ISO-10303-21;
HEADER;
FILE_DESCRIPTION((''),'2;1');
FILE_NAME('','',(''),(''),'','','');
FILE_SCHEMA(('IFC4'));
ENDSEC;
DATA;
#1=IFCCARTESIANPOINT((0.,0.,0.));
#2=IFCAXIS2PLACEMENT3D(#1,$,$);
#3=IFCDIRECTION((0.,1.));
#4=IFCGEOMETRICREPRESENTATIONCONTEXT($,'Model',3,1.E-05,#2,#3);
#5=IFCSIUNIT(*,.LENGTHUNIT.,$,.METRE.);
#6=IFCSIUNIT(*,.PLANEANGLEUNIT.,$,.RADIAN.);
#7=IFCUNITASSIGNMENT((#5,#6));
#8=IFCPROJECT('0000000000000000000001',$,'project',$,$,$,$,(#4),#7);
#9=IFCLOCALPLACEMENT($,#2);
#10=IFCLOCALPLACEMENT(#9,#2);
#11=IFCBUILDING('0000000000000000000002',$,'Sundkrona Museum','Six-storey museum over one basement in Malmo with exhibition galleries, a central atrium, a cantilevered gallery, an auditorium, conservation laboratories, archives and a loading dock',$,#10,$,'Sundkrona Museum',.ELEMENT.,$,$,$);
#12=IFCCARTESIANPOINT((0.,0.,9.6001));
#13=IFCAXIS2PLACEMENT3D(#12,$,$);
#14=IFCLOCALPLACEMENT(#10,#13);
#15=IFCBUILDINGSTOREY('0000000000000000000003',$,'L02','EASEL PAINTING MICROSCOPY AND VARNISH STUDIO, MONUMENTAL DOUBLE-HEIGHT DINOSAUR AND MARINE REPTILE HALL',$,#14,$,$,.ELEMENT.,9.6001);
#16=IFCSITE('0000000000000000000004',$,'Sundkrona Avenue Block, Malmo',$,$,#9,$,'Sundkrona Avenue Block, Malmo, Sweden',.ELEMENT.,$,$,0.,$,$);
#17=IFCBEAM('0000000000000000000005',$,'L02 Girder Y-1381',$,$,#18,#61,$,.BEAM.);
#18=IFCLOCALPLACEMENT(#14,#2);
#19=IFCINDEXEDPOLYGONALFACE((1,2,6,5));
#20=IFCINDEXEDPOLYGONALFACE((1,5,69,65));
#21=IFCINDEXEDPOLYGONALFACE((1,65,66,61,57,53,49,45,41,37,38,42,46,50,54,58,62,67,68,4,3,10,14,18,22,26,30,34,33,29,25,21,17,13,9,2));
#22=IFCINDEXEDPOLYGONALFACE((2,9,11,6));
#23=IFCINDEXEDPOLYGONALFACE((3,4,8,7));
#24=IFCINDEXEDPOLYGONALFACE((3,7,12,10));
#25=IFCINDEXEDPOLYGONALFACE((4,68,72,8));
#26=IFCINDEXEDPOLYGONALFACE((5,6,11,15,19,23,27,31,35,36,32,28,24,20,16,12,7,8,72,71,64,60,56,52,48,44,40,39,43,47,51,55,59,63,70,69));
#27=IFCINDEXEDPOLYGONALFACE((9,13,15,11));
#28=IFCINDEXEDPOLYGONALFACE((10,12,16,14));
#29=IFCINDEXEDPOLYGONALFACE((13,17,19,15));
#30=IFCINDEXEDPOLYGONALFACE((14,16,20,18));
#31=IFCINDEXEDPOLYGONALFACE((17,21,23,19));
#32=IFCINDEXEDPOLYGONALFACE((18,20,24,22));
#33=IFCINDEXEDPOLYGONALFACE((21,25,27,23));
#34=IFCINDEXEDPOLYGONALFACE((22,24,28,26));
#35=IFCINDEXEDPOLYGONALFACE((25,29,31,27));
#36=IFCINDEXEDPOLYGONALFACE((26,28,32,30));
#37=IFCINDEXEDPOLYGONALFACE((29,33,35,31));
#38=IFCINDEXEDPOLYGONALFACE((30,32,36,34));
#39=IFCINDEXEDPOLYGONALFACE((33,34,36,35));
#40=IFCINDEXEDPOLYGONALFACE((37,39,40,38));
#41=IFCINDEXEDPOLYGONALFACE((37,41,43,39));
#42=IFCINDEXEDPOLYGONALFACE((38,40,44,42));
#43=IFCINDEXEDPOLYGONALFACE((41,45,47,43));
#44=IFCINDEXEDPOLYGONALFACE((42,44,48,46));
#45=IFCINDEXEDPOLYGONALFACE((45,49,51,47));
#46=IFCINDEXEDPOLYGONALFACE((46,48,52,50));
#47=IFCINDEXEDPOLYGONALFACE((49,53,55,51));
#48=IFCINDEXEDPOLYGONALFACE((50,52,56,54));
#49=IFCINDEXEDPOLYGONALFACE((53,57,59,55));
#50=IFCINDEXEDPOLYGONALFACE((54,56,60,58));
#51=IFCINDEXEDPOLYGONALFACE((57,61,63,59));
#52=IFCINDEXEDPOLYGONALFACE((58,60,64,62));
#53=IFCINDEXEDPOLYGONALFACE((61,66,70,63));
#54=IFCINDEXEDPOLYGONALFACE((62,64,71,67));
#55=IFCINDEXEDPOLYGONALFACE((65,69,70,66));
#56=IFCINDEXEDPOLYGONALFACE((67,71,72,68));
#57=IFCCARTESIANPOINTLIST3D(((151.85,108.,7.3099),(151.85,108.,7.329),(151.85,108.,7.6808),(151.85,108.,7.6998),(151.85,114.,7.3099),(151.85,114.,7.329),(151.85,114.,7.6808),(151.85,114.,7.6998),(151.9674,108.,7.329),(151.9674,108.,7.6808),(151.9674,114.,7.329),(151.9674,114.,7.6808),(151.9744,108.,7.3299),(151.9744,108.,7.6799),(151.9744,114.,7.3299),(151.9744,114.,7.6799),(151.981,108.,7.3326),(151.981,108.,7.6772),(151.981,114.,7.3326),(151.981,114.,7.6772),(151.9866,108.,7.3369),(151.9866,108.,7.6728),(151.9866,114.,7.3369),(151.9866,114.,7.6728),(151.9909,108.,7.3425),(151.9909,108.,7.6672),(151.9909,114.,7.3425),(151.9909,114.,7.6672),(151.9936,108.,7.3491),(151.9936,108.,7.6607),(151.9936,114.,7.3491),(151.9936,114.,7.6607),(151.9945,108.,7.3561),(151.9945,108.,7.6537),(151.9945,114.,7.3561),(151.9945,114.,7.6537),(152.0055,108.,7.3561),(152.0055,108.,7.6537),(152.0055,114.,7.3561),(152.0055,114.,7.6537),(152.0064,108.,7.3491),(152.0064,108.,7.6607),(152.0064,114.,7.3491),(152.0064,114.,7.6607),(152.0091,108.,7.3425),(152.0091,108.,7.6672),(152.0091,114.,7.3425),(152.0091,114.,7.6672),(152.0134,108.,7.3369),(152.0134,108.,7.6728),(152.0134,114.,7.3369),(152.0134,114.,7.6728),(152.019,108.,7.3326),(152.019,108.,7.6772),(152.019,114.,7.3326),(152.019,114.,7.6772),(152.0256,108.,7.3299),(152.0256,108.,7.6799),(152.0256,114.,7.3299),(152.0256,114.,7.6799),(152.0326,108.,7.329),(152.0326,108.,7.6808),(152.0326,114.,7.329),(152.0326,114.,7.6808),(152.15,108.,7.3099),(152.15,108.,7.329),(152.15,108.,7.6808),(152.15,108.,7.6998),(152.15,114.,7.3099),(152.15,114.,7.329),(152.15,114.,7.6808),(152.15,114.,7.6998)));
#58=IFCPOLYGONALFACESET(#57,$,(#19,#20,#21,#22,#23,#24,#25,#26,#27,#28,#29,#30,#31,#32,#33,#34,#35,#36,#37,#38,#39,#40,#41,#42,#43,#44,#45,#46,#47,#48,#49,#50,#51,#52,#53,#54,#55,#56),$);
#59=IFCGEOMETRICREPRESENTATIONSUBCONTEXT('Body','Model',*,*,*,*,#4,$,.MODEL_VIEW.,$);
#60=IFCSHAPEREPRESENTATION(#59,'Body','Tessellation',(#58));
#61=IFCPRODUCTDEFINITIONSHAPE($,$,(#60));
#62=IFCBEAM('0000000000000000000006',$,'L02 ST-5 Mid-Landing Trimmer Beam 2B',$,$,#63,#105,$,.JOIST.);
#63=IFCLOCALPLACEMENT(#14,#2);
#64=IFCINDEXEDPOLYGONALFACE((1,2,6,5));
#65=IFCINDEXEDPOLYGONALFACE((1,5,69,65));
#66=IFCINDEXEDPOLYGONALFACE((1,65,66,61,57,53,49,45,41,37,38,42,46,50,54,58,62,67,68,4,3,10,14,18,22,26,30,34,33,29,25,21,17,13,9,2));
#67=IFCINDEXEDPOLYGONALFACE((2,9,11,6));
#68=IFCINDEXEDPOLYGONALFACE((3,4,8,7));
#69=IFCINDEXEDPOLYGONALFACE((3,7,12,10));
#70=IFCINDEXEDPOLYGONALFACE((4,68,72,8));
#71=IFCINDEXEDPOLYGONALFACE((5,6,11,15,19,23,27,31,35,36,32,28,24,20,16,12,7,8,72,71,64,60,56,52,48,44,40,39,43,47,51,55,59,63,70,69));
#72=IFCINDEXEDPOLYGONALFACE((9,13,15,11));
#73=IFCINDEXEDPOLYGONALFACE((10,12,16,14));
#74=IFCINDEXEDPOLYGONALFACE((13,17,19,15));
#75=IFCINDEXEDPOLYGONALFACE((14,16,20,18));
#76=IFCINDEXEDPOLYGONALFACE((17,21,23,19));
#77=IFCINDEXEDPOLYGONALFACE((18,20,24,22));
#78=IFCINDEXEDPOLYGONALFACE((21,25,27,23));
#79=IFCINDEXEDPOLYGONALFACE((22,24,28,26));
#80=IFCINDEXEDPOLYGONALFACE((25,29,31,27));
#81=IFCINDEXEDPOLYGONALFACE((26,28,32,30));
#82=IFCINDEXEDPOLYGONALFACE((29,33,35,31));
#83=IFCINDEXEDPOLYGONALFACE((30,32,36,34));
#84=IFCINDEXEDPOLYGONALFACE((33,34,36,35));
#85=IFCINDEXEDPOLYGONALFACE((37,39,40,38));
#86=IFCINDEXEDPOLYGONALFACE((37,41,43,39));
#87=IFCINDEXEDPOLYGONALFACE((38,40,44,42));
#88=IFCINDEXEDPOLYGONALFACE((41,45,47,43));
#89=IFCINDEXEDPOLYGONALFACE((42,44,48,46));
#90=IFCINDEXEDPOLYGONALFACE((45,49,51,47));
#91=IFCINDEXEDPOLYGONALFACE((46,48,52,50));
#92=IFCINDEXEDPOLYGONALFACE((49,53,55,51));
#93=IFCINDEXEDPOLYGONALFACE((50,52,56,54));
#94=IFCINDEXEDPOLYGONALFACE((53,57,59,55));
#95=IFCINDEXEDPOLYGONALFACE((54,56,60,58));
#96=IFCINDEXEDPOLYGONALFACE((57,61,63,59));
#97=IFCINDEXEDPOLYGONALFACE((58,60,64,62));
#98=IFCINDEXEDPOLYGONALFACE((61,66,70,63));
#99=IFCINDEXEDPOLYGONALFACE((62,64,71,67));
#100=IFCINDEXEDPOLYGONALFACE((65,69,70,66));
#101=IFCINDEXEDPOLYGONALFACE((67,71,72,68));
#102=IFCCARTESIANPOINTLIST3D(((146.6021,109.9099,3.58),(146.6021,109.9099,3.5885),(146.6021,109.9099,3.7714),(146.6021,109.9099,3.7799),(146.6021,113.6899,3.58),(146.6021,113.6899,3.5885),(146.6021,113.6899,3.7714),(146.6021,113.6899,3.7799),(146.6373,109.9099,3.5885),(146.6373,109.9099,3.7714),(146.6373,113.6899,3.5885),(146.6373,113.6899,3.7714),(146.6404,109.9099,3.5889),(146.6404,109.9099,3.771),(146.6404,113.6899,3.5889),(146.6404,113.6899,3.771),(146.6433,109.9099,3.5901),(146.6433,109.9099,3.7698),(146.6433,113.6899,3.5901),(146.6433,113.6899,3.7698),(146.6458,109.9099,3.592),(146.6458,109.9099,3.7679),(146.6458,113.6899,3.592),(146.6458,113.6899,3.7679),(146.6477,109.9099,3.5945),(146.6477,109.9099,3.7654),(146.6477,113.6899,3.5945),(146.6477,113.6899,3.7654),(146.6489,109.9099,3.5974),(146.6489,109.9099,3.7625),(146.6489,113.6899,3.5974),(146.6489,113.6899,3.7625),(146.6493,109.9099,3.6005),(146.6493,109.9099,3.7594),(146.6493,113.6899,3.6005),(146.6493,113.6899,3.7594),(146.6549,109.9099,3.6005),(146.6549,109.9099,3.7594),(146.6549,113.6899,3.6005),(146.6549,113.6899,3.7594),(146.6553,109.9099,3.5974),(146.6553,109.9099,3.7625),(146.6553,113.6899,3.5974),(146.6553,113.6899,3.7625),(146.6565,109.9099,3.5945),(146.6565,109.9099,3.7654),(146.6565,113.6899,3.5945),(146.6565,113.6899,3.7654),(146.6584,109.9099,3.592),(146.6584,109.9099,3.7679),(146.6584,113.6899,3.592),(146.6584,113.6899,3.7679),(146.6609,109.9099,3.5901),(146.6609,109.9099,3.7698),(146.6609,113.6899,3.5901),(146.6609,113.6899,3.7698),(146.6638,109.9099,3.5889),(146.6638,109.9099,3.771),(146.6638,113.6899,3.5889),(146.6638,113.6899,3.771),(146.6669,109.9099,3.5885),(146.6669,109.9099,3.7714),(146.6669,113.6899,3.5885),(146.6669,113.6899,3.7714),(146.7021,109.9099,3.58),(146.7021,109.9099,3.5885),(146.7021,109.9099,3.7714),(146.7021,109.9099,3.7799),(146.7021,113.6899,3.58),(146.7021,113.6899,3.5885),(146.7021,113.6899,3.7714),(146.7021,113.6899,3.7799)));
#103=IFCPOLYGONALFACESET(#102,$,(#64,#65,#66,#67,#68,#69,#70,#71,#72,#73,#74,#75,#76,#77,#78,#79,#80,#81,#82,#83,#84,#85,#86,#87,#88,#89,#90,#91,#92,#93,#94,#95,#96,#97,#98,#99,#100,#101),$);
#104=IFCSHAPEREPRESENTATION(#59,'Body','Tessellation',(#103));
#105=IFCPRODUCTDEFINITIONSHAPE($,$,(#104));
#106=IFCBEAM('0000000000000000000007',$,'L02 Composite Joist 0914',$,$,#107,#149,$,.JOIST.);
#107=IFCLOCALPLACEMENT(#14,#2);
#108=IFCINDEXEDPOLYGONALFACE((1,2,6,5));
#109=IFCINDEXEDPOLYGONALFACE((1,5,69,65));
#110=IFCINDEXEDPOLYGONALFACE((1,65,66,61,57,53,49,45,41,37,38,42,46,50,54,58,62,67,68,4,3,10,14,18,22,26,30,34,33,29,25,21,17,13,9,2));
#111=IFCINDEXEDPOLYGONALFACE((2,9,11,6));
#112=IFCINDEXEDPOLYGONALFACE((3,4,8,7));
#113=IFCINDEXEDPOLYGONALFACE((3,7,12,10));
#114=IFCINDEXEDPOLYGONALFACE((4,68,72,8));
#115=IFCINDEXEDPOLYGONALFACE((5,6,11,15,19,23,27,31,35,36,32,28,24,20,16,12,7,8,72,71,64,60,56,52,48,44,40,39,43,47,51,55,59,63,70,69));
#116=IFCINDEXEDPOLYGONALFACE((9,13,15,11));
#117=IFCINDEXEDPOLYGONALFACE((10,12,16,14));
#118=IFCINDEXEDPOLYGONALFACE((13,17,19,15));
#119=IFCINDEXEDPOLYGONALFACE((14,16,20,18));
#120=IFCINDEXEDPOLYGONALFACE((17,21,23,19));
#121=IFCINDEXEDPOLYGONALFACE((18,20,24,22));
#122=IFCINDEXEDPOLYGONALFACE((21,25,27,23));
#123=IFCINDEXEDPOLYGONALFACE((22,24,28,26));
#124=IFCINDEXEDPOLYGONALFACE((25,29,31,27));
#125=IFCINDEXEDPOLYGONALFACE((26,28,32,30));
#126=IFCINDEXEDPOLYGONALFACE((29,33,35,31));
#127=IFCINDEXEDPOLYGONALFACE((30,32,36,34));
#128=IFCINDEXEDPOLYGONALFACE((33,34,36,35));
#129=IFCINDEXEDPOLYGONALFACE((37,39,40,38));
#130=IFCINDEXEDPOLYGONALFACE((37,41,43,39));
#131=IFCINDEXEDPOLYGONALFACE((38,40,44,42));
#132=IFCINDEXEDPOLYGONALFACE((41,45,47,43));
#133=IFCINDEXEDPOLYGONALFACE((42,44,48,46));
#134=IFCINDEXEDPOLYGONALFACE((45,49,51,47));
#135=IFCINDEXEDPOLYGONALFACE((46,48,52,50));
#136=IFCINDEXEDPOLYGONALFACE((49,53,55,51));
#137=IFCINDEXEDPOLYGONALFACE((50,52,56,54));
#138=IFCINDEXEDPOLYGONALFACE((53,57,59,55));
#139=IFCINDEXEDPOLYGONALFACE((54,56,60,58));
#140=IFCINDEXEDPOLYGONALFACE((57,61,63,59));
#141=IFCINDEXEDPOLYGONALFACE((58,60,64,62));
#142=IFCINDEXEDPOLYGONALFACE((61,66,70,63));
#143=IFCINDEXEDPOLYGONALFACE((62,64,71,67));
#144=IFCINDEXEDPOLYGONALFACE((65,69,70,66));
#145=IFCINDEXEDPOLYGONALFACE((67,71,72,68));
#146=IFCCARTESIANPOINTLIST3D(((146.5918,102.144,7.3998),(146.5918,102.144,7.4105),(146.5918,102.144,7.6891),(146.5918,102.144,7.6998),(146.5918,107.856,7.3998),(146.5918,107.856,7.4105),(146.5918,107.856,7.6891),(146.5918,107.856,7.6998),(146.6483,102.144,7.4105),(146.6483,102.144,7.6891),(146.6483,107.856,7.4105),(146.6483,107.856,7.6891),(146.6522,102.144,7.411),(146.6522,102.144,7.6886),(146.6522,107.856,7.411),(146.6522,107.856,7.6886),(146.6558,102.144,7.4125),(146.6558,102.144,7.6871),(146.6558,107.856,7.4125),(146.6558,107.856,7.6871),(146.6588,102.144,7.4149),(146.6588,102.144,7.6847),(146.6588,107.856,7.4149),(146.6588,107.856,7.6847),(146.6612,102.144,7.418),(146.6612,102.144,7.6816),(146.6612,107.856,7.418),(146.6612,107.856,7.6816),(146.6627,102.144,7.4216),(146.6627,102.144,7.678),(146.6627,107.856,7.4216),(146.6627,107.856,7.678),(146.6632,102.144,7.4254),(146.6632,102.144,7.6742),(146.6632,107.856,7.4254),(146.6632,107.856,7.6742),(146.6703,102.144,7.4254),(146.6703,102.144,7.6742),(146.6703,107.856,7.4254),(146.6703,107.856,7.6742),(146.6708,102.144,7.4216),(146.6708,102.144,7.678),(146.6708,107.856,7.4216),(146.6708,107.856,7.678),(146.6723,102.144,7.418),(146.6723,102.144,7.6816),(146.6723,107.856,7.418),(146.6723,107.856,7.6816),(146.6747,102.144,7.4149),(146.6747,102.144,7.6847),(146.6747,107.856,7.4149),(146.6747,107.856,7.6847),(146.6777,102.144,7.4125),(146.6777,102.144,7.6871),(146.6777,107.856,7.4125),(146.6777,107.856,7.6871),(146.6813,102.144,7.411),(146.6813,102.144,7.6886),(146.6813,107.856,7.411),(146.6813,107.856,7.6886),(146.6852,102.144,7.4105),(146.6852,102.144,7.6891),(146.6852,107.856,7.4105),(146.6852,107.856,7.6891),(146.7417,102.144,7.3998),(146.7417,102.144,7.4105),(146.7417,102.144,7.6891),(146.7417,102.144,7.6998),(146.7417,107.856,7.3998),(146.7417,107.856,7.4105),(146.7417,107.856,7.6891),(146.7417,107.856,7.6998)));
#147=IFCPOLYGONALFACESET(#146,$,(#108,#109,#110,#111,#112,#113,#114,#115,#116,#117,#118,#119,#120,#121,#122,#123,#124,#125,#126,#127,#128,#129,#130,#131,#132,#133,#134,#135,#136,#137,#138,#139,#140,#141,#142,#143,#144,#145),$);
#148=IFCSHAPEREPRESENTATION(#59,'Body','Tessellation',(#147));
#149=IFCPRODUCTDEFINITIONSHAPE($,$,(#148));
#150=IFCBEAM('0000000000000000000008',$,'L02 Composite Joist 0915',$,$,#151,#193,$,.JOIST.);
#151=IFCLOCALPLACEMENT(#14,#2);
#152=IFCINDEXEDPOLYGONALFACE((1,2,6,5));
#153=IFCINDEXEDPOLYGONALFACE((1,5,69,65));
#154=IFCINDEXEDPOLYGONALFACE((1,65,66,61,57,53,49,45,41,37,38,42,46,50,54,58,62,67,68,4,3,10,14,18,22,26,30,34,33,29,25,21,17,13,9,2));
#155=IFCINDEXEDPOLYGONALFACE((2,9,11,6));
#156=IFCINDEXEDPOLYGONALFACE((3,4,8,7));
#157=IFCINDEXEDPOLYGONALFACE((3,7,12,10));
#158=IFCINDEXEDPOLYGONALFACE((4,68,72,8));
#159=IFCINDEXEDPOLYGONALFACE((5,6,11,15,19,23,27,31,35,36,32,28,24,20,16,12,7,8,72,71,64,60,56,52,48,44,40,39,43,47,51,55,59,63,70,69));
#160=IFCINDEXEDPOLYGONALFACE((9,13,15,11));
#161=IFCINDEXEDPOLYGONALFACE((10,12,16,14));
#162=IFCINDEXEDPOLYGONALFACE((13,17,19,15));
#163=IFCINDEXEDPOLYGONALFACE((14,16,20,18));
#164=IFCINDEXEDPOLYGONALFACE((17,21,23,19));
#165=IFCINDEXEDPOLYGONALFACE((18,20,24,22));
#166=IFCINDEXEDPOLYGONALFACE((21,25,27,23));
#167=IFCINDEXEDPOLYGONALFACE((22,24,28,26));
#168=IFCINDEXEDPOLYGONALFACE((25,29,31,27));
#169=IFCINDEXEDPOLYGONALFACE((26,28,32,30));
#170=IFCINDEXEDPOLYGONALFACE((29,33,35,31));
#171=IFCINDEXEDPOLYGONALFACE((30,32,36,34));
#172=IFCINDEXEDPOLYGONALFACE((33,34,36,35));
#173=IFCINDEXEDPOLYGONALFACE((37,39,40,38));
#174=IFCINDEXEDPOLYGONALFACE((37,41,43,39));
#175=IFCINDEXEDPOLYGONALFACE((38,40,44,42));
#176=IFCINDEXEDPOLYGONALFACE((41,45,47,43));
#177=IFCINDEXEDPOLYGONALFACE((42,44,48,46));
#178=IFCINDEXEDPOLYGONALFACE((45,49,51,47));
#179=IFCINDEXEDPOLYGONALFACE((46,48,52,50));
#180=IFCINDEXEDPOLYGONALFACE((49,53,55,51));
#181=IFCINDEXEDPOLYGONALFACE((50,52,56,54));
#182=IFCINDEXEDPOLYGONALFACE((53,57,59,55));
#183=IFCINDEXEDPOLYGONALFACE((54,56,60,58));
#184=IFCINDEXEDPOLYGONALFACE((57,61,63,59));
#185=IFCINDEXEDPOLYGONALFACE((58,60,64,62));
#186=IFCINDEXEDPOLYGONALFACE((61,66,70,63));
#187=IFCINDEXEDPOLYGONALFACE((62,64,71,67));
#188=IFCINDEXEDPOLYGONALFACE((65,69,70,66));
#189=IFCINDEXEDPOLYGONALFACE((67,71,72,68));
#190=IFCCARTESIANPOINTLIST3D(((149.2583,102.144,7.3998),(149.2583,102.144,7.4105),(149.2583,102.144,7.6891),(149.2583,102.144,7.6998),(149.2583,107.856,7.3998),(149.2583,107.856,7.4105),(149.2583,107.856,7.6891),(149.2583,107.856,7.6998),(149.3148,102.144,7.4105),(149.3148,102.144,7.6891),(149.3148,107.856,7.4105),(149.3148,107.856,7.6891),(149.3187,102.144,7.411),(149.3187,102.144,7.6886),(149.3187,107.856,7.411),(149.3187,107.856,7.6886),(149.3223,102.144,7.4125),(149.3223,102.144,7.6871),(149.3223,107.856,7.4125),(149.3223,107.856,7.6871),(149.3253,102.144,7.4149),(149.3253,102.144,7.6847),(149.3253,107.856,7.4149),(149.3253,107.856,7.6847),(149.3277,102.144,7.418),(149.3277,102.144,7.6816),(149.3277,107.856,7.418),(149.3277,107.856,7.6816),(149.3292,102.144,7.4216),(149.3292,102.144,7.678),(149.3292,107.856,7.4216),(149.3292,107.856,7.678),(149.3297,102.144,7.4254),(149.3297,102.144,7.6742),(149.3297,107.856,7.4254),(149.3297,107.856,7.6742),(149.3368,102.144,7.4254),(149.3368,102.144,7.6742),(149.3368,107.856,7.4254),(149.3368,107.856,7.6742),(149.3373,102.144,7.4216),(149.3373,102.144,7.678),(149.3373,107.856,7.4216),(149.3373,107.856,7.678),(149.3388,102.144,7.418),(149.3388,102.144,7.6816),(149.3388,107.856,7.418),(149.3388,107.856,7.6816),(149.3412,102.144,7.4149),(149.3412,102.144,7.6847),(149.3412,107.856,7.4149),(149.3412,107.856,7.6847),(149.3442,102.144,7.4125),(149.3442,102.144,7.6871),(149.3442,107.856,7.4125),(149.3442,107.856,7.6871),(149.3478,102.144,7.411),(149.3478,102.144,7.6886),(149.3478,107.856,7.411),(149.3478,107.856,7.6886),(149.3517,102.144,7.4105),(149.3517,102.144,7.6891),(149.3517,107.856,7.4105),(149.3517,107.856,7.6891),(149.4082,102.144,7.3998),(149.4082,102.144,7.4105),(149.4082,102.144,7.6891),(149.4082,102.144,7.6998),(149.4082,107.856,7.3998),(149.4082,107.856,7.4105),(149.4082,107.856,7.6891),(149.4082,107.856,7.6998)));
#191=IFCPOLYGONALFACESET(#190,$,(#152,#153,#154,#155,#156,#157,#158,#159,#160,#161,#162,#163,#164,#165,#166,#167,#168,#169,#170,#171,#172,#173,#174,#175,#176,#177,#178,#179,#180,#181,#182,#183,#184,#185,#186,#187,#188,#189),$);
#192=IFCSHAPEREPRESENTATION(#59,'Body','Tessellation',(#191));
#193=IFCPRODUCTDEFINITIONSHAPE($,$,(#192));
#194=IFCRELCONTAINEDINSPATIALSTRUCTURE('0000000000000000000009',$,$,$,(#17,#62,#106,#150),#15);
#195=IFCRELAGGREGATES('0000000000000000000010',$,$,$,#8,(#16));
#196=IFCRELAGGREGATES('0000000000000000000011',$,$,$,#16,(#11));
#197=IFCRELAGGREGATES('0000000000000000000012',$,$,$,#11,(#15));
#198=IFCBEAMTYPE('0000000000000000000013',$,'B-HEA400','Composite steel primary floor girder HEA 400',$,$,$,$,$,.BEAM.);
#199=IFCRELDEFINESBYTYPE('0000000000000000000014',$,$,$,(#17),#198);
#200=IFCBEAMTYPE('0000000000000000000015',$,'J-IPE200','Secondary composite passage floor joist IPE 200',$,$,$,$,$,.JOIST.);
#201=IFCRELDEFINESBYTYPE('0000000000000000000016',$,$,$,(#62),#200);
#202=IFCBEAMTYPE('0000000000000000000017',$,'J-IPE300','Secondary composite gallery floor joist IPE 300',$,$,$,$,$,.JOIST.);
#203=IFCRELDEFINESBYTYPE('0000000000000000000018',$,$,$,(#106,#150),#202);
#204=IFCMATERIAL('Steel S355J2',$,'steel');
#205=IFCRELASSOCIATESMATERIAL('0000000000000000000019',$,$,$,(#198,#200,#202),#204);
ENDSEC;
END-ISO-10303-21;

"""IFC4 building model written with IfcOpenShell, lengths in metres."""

from ifc_helpers import new_model, si_unit, direction, frame, origin, origin_2d, place, context, subcontext, project, spatial, i_section, extrude, material, material_profile, profile_set, type_object, element, save


model = new_model("IFC4")

# Units and contexts
model_context = context("Model", 3, precision=1e-05, world=origin(), true_north=direction((0.0, 1.0)))
body_context = subcontext(model_context, "Body", "Model", "MODEL_VIEW")
ifc_project = project(units=[si_unit("LENGTHUNIT", "METRE"), si_unit("PLANEANGLEUNIT", "RADIAN")], contexts=[model_context])

# Site, building, storey
site_placement = place(None, origin())
site = spatial("IfcSite", under=ifc_project, at=site_placement, Name="Sundkrona Avenue Block, Malmo", LongName="Sundkrona Avenue Block, Malmo, Sweden", CompositionType="ELEMENT", RefElevation=0.0)
building_placement = place(site_placement, origin())
building = spatial("IfcBuilding", under=site, at=building_placement, Name="Sundkrona Museum", Description="Six-storey museum over one basement in Malmo with exhibition galleries, a central atrium, a cantilevered gallery, an auditorium, conservation laboratories, archives and a loading dock", LongName="Sundkrona Museum", CompositionType="ELEMENT")
storey_placement = place(building_placement, frame((0.0, 0.0, 9.6001)))
storey = spatial("IfcBuildingStorey", under=building, at=storey_placement, Name="L02", Description="EASEL PAINTING MICROSCOPY AND VARNISH STUDIO, MONUMENTAL DOUBLE-HEIGHT DINOSAUR AND MARINE REPTILE HALL", CompositionType="ELEMENT", Elevation=9.6001)

# Shared definitions
ifc_material_1 = material(Name="Steel S355J2", Category="steel")

# Beams
ifc_material_profile_1 = material_profile(ifc_material_1, i_section(OverallWidth=0.3, OverallDepth=0.3899, WebThickness=0.011, FlangeThickness=0.019, FilletRadius=0.0271, at=origin_2d()), Name="HEA 400")
ifc_profile_set_1 = profile_set([ifc_material_profile_1], Name="Steel S355J2")
beam_type_1 = type_object("IfcBeamType", Name="B-HEA400", Description="Composite steel primary floor girder HEA 400", PredefinedType="BEAM", material=ifc_profile_set_1)
for number, where, z_axis, x_axis, name in (
    (1, (152.0, 108.0, 7.5049), (0.0, 1.0, 0.0), (-1.0, 0.0, 0.0), "L02 Girder Y-1381"),
):
    element("IfcBeam", number, at=place(storey_placement, frame(where, z_axis=z_axis, x_axis=x_axis)), inside=storey, type_object=beam_type_1, Name=name, PredefinedType="BEAM", context=body_context, shape_type="SweptSolid", body=[
        extrude(i_section(OverallWidth=0.3, OverallDepth=0.3899, WebThickness=0.011, FlangeThickness=0.019, FilletRadius=0.0271, at=origin_2d()), origin(), (0.0, 0.0, 1.0), 6.0),
    ])
ifc_material_profile_2 = material_profile(ifc_material_1, i_section(OverallWidth=0.1001, OverallDepth=0.2, WebThickness=0.0056, FlangeThickness=0.0085, FilletRadius=0.012, at=origin_2d()), Name="IPE 200")
ifc_profile_set_2 = profile_set([ifc_material_profile_2], Name="Steel S355J2")
beam_type_2 = type_object("IfcBeamType", Name="J-IPE200", Description="Secondary composite passage floor joist IPE 200", PredefinedType="JOIST", material=ifc_profile_set_2)
beam_1_placement = place(storey_placement, frame((146.6521, 109.9099, 3.6799), z_axis=(0.0, 1.0, 0.0), x_axis=(-1.0, 0.0, 0.0)))
element("IfcBeam", 2, at=beam_1_placement, inside=storey, type_object=beam_type_2, Name="L02 ST-5 Mid-Landing Trimmer Beam 2B", PredefinedType="JOIST", context=body_context, shape_type="SweptSolid", body=[
    extrude(i_section(OverallWidth=0.1001, OverallDepth=0.2, WebThickness=0.0056, FlangeThickness=0.0085, FilletRadius=0.012, at=origin_2d()), origin(), (0.0, 0.0, 1.0), 3.78),
])
ifc_material_profile_3 = material_profile(ifc_material_1, i_section(OverallWidth=0.1499, OverallDepth=0.3, WebThickness=0.0071, FlangeThickness=0.0107, FilletRadius=0.0149, at=origin_2d()), Name="IPE 300")
ifc_profile_set_3 = profile_set([ifc_material_profile_3], Name="Steel S355J2")
beam_type_3 = type_object("IfcBeamType", Name="J-IPE300", Description="Secondary composite gallery floor joist IPE 300", PredefinedType="JOIST", material=ifc_profile_set_3)
for number, where, z_axis, x_axis, name in (
    (3, (146.6667, 102.144, 7.5498), (0.0, 1.0, 0.0), (-1.0, 0.0, 0.0), "L02 Composite Joist 0914"),
    (4, (149.3333, 102.144, 7.5498), (0.0, 1.0, 0.0), (-1.0, 0.0, 0.0), "L02 Composite Joist 0915"),
):
    element("IfcBeam", number, at=place(storey_placement, frame(where, z_axis=z_axis, x_axis=x_axis)), inside=storey, type_object=beam_type_3, Name=name, PredefinedType="JOIST", context=body_context, shape_type="SweptSolid", body=[
        extrude(i_section(OverallWidth=0.1499, OverallDepth=0.3, WebThickness=0.0071, FlangeThickness=0.0107, FilletRadius=0.0149, at=origin_2d()), origin(), (0.0, 0.0, 1.0), 5.7119),
    ])

save(model, "model.ifc")
